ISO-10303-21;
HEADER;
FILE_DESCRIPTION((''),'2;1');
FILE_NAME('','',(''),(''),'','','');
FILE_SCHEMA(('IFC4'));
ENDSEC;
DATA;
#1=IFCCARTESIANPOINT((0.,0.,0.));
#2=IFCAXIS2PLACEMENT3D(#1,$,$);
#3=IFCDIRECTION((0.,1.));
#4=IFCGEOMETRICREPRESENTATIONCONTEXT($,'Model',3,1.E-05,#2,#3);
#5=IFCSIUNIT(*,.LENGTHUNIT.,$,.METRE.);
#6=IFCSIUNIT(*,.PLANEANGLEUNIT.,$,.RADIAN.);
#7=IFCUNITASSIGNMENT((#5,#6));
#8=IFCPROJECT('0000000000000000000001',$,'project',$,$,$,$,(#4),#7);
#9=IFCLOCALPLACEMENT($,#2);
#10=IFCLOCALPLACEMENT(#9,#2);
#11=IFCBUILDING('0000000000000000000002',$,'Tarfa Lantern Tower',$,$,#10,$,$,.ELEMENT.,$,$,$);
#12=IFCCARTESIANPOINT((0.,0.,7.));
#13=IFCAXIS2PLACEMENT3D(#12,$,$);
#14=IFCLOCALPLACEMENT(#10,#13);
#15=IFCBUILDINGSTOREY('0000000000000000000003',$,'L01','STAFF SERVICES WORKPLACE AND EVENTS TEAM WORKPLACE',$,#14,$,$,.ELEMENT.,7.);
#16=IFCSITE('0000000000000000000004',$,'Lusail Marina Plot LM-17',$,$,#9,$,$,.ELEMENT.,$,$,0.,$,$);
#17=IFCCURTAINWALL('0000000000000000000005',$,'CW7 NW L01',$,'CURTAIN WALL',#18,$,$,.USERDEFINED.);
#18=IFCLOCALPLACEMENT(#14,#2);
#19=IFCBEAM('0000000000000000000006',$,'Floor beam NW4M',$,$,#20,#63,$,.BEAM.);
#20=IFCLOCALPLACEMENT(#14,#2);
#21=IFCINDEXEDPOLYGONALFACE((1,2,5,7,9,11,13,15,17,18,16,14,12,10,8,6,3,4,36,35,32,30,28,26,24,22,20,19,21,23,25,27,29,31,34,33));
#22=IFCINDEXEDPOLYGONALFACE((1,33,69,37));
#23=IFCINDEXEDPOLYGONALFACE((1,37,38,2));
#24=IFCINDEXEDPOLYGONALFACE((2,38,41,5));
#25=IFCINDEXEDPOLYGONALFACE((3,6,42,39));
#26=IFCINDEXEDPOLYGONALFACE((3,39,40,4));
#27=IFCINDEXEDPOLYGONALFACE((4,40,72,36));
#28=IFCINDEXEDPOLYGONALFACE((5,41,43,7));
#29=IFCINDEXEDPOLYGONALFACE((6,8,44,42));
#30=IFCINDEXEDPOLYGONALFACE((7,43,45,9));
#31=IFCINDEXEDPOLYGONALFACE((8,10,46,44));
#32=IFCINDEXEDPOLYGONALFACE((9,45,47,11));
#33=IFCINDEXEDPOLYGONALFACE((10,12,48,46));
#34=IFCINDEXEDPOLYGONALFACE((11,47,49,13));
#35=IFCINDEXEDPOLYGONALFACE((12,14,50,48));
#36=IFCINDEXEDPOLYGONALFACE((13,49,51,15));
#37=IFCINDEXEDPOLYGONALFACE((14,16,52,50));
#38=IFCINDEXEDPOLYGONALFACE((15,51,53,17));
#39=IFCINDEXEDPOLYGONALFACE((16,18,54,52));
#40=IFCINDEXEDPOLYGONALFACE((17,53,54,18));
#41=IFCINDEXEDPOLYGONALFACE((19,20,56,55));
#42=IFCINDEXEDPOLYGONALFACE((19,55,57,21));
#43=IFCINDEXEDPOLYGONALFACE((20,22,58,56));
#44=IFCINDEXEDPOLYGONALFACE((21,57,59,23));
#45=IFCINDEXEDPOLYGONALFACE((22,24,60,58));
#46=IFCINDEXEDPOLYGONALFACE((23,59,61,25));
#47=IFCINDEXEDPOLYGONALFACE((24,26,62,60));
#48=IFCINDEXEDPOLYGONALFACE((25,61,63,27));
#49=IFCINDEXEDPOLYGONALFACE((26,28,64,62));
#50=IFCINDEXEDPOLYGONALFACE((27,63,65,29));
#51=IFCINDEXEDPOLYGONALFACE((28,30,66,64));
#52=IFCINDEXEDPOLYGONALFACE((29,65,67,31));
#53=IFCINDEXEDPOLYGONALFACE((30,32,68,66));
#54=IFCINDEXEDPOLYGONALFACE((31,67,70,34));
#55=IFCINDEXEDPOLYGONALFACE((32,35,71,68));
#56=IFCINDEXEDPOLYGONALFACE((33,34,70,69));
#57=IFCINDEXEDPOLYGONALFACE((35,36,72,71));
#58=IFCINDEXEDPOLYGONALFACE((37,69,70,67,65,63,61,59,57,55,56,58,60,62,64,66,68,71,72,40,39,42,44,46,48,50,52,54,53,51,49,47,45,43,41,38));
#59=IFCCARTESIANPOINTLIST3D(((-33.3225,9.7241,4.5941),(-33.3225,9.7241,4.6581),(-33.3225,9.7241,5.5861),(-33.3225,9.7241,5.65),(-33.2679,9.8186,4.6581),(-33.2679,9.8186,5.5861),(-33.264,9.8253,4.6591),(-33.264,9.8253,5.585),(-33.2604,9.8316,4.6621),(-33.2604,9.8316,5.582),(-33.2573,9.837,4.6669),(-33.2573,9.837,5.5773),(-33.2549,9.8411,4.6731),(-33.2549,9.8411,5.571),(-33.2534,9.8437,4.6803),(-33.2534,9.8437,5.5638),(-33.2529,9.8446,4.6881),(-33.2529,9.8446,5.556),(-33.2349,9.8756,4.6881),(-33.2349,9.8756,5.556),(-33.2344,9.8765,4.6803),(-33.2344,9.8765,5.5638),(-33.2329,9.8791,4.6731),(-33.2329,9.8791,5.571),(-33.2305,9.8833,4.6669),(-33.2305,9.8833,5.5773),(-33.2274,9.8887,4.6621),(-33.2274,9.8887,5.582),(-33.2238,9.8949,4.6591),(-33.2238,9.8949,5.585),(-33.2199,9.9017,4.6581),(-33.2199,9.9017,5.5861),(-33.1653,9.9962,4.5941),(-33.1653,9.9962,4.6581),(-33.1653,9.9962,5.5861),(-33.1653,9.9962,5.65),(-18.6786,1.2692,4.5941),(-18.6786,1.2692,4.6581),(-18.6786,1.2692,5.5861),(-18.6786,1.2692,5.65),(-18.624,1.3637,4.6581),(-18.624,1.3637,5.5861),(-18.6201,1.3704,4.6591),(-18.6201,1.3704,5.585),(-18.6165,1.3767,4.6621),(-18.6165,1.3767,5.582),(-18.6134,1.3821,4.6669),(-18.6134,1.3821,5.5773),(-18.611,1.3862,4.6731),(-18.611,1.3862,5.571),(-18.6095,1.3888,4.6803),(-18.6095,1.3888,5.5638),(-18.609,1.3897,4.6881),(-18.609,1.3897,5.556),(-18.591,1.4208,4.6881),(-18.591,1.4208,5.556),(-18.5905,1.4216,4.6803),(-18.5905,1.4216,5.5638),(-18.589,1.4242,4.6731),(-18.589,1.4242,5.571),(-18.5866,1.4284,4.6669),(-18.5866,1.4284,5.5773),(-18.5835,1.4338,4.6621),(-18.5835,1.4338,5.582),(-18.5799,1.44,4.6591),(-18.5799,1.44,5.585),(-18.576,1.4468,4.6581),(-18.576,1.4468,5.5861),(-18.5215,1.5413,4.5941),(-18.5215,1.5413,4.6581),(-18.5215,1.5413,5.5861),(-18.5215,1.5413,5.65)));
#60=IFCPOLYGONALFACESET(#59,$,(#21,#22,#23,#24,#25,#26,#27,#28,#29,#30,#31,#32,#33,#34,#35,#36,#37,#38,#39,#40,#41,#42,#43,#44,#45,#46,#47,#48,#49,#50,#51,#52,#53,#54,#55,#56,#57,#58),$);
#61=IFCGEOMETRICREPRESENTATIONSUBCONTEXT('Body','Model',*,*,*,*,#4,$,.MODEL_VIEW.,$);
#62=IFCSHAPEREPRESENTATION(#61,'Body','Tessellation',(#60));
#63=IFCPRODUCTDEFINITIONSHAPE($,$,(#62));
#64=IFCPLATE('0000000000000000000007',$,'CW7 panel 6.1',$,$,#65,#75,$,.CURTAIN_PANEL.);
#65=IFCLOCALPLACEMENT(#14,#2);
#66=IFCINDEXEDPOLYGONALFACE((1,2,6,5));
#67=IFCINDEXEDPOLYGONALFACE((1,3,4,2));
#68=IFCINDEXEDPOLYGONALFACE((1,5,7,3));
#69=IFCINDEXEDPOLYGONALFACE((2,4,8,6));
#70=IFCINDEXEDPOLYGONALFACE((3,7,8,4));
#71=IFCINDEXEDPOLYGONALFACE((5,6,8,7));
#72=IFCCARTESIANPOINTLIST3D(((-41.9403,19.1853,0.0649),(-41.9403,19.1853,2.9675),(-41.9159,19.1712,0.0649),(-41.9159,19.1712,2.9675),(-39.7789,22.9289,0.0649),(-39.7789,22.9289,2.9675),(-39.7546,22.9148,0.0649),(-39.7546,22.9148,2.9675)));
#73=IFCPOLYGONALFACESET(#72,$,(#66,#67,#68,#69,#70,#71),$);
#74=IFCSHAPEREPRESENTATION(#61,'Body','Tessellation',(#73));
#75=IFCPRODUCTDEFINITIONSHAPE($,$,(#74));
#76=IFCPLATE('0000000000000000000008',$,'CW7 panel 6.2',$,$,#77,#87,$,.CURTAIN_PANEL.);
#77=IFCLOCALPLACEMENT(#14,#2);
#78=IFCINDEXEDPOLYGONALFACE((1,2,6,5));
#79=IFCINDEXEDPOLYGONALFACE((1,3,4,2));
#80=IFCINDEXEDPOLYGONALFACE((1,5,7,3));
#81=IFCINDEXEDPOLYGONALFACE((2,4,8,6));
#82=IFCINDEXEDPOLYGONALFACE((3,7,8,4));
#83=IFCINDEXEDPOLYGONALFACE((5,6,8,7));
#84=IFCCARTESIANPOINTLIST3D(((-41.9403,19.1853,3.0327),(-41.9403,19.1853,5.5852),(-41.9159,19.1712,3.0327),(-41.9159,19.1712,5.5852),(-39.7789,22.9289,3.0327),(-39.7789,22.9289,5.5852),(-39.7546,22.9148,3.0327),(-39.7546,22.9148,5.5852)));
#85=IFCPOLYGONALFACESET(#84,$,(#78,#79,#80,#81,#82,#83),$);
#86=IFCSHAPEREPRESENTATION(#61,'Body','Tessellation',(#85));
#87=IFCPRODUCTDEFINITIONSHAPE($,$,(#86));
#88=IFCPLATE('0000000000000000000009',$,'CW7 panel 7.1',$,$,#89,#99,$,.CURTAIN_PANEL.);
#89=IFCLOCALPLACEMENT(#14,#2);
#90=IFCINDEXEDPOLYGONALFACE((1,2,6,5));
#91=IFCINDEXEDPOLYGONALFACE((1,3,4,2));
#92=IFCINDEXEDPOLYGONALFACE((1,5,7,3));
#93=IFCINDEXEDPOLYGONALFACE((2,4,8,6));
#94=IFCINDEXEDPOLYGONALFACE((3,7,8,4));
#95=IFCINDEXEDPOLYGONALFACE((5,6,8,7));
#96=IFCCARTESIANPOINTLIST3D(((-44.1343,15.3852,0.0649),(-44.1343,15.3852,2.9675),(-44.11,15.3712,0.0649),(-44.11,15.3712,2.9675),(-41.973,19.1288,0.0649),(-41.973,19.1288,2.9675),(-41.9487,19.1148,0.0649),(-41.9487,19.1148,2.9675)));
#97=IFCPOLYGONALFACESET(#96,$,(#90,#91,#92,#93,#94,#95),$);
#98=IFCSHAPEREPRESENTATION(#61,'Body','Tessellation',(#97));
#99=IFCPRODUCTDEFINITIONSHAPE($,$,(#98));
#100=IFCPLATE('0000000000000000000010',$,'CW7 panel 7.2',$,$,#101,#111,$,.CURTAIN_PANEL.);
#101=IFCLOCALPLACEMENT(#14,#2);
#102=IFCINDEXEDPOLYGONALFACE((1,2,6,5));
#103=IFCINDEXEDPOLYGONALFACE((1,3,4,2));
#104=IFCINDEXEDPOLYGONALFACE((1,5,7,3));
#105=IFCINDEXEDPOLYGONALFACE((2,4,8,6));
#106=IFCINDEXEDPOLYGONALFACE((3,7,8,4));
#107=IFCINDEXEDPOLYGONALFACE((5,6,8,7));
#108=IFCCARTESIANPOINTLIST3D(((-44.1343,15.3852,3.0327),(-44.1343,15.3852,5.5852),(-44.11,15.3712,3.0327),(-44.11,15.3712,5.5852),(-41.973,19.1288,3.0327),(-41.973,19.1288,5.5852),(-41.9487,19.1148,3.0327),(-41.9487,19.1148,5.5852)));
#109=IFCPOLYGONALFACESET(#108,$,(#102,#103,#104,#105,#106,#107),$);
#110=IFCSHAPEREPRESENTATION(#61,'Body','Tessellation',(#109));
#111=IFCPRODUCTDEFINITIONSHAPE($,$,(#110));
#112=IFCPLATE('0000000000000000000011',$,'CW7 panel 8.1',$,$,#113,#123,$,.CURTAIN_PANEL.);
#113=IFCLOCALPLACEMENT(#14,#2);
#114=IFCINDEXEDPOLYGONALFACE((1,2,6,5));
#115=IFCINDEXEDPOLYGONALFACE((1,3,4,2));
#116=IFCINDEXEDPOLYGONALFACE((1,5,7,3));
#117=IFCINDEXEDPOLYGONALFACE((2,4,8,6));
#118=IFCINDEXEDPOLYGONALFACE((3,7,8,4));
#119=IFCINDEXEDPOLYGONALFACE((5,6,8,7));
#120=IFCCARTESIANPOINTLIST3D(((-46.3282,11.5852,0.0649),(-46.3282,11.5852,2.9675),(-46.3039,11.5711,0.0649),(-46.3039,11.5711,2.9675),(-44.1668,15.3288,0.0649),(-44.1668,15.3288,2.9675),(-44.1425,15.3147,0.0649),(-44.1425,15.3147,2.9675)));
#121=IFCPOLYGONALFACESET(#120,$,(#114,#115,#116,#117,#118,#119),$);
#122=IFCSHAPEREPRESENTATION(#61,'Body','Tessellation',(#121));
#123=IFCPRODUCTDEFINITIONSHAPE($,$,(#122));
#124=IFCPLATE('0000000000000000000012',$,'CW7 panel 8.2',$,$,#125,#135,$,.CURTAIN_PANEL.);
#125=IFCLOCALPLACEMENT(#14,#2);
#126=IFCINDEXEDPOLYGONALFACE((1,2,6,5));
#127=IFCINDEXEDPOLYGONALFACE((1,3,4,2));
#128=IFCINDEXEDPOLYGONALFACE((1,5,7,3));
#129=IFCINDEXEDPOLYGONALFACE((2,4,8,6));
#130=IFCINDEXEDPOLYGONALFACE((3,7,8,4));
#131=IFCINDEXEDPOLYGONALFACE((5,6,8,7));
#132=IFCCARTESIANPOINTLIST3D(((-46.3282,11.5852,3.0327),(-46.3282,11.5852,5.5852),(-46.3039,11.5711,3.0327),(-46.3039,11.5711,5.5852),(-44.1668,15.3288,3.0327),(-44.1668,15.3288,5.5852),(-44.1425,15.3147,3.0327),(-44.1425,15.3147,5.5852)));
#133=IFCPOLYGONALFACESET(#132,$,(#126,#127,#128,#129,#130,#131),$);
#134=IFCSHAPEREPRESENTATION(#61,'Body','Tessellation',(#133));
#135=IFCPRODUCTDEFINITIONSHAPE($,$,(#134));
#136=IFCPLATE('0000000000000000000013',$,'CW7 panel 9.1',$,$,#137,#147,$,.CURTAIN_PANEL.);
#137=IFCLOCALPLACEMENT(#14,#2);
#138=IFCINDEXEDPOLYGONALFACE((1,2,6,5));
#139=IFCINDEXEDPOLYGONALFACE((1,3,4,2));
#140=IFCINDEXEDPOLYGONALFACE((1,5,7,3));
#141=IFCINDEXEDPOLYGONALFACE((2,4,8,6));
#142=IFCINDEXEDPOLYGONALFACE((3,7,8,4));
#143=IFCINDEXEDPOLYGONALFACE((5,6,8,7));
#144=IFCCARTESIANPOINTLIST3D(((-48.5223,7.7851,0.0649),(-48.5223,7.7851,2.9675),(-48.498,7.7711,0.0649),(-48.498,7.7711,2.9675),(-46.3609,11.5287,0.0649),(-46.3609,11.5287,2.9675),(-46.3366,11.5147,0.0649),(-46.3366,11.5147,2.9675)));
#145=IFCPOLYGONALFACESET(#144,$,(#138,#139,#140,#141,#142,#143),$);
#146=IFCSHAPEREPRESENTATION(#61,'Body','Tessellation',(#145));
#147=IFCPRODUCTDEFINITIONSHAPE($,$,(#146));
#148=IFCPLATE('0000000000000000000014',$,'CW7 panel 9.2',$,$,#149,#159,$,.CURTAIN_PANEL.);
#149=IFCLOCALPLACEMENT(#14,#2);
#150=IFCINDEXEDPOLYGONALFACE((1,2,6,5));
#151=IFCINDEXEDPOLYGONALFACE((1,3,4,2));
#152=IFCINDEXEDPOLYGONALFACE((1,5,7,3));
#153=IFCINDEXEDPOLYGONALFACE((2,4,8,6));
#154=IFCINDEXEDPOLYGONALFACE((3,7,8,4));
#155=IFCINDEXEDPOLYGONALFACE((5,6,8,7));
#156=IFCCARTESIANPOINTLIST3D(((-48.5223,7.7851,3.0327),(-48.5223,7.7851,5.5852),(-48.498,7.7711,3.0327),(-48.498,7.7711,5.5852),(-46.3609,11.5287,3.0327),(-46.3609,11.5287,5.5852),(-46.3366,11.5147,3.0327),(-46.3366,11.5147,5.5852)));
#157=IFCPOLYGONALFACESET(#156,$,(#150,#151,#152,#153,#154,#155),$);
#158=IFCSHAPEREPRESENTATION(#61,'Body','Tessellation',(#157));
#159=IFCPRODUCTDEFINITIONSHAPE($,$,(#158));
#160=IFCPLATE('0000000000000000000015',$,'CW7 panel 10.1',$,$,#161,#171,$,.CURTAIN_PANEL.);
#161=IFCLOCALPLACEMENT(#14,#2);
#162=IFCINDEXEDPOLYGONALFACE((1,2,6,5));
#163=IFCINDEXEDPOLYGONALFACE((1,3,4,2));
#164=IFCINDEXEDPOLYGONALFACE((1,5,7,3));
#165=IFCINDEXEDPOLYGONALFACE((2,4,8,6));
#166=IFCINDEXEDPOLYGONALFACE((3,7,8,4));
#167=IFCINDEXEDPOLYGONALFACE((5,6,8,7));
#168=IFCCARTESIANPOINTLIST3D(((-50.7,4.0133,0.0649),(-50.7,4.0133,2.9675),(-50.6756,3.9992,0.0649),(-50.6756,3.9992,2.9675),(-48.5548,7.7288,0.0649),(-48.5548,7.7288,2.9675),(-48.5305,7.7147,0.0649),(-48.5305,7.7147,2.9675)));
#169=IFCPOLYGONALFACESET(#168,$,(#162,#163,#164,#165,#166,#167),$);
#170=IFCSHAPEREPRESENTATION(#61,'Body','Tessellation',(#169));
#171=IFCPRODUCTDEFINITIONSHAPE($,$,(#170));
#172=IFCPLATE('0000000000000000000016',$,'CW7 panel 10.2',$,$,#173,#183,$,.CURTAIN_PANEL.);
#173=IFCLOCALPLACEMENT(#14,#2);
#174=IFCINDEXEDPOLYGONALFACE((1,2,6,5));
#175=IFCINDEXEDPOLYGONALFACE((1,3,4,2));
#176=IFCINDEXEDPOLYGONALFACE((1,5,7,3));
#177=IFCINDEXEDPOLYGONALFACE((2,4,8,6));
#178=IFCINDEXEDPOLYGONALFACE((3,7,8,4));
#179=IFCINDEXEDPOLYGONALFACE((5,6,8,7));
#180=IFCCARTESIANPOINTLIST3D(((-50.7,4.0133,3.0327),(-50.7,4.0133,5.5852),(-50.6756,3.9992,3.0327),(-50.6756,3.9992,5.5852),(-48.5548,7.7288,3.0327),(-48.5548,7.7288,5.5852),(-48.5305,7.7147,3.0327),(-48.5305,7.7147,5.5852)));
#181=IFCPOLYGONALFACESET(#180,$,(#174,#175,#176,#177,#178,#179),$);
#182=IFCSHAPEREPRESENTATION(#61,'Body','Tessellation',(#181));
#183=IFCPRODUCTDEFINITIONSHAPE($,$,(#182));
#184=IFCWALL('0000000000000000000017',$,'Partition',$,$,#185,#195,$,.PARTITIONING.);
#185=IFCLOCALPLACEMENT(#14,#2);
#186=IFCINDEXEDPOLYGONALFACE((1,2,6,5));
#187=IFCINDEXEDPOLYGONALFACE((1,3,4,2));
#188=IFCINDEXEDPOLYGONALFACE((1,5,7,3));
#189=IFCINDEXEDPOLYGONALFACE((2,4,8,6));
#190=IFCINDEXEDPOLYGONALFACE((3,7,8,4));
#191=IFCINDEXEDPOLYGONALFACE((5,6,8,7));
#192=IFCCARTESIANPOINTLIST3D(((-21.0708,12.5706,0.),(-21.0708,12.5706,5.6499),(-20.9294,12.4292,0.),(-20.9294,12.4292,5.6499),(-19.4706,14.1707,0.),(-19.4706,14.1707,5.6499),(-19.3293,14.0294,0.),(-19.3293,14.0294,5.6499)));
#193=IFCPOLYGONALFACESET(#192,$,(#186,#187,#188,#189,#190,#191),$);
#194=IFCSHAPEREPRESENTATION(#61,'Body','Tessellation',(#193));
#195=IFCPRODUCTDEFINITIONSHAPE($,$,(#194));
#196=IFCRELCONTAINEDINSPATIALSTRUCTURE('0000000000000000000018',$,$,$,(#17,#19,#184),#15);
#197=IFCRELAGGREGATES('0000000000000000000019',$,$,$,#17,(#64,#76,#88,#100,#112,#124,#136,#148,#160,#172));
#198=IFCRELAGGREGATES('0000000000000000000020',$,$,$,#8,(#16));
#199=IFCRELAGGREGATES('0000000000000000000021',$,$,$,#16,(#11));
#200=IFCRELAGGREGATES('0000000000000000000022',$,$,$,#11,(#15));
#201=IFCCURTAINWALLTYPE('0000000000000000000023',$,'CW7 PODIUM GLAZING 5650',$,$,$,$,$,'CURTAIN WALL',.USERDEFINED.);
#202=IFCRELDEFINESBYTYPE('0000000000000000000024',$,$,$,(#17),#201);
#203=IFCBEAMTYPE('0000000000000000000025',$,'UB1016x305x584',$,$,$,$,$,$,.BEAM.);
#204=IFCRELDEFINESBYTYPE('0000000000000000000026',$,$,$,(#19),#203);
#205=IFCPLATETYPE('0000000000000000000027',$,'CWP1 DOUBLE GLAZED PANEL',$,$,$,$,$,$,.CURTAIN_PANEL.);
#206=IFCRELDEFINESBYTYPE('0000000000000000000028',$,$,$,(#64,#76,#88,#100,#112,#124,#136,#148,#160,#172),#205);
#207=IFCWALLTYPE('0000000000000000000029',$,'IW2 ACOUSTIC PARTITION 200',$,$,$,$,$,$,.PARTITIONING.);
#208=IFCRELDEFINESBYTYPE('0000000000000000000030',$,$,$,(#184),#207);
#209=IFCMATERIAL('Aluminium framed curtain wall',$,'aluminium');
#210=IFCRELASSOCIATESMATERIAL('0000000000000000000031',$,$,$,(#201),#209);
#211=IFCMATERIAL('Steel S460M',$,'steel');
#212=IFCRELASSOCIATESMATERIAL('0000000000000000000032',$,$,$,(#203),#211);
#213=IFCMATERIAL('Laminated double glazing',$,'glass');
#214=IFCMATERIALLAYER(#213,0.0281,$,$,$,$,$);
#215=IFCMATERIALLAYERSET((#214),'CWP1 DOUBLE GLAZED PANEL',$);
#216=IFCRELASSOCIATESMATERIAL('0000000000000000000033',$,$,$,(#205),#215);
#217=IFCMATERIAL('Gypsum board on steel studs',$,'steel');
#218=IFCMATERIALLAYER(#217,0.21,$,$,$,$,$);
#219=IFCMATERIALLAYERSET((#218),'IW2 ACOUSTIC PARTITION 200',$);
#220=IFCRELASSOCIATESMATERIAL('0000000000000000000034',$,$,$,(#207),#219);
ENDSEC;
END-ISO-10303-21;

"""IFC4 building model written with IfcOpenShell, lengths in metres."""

from ifc_helpers import new_model, si_unit, direction, frame, frame_2d, origin, origin_2d, place, context, subcontext, project, spatial, rectangle, i_section, extrude, material, layer, layer_set, material_profile, profile_set, type_object, element, aggregate, save


model = new_model("IFC4")

# Units and contexts
model_context = context("Model", 3, precision=1e-05, world=origin(), true_north=direction((0.0, 1.0)))
body_context = subcontext(model_context, "Body", "Model", "MODEL_VIEW")
ifc_project = project(units=[si_unit("LENGTHUNIT", "METRE"), si_unit("PLANEANGLEUNIT", "RADIAN")], contexts=[model_context])

# Site, building, storey
site_placement = place(None, origin())
site = spatial("IfcSite", under=ifc_project, at=site_placement, Name="Lusail Marina Plot LM-17", CompositionType="ELEMENT", RefElevation=0.0)
building_placement = place(site_placement, origin())
building = spatial("IfcBuilding", under=site, at=building_placement, Name="Tarfa Lantern Tower", CompositionType="ELEMENT")
storey_placement = place(building_placement, frame((0.0, 0.0, 7.0)))
storey = spatial("IfcBuildingStorey", under=building, at=storey_placement, Name="L01", Description="STAFF SERVICES WORKPLACE AND EVENTS TEAM WORKPLACE", CompositionType="ELEMENT", Elevation=7.0)

# Curtain wall
ifc_material_1 = material(Name="Aluminium framed curtain wall", Category="aluminium")
curtain_wall_type = type_object("IfcCurtainWallType", Name="CW7 PODIUM GLAZING 5650", ElementType="CURTAIN WALL", PredefinedType="USERDEFINED", material=ifc_material_1)
curtain_wall_placement = place(storey_placement, origin())
curtain_wall = element("IfcCurtainWall", 1, at=curtain_wall_placement, inside=storey, type_object=curtain_wall_type, Name="CW7 NW L01", ObjectType="CURTAIN WALL", PredefinedType="USERDEFINED")

# Beam
ifc_material_2 = material(Name="Steel S460M", Category="steel")
ifc_material_profile_1 = material_profile(ifc_material_2, i_section(OverallWidth=0.3142, OverallDepth=1.0559, WebThickness=0.0359, FlangeThickness=0.064, FilletRadius=0.03, at=origin_2d()), Name="UB1016x305x584")
ifc_profile_set_1 = profile_set([ifc_material_profile_1], Name="Steel S460M")
beam_type_1 = type_object("IfcBeamType", Name="UB1016x305x584", PredefinedType="BEAM", material=ifc_profile_set_1)
beam_1_placement = place(storey_placement, frame((-33.2439, 9.8601, 5.1221), z_axis=(0.866019, -0.50001, 0.0), x_axis=(0.50001, 0.866019, 0.0)))
element("IfcBeam", 2, at=beam_1_placement, inside=storey, type_object=beam_type_1, Name="Floor beam NW4M", PredefinedType="BEAM", context=body_context, shape_type="SweptSolid", body=[
    extrude(i_section(OverallWidth=0.3142, OverallDepth=1.0559, WebThickness=0.0359, FlangeThickness=0.064, FilletRadius=0.03, at=origin_2d()), origin(), (0.0, 0.0, 1.0), 16.9094),
])

# Plates
ifc_material_3 = material(Name="Laminated double glazing", Category="glass")
ifc_layer_1 = layer(ifc_material_3, 0.0281)
ifc_layer_set_1 = layer_set([ifc_layer_1], Name="CWP1 DOUBLE GLAZED PANEL")
plate_type = type_object("IfcPlateType", Name="CWP1 DOUBLE GLAZED PANEL", PredefinedType="CURTAIN_PANEL", material=ifc_layer_set_1)
plate_1_placement = place(storey_placement, frame((-40.8474, 21.05, 0.0649), z_axis=(0.0, 0.0, 1.0), x_axis=(-0.5, -0.866025, 0.0)))
plate_1 = element("IfcPlate", 3, at=plate_1_placement, type_object=plate_type, Name="CW7 panel 6.1", PredefinedType="CURTAIN_PANEL", context=body_context, shape_type="SweptSolid", body=[
    extrude(rectangle(XDim=4.3228, YDim=0.0281, at=origin_2d()), origin(), (0.0, 0.0, 1.0), 2.9026),
])
plate_2_placement = place(storey_placement, frame((-40.8474, 21.05, 3.0327), z_axis=(0.0, 0.0, 1.0), x_axis=(-0.5, -0.866025, 0.0)))
plate_2 = element("IfcPlate", 4, at=plate_2_placement, type_object=plate_type, Name="CW7 panel 6.2", PredefinedType="CURTAIN_PANEL", context=body_context, shape_type="SweptSolid", body=[
    extrude(rectangle(XDim=4.3228, YDim=0.0281, at=origin_2d()), origin(), (0.0, 0.0, 1.0), 2.5525),
])
plate_3_placement = place(storey_placement, frame((-43.0415, 17.25, 0.0649), z_axis=(0.0, 0.0, 1.0), x_axis=(-0.5, -0.866025, 0.0)))
plate_3 = element("IfcPlate", 5, at=plate_3_placement, type_object=plate_type, Name="CW7 panel 7.1", PredefinedType="CURTAIN_PANEL", context=body_context, shape_type="SweptSolid", body=[
    extrude(rectangle(XDim=4.3228, YDim=0.0281, at=origin_2d()), origin(), (0.0, 0.0, 1.0), 2.9026),
])
plate_4_placement = place(storey_placement, frame((-43.0415, 17.25, 3.0327), z_axis=(0.0, 0.0, 1.0), x_axis=(-0.5, -0.866025, 0.0)))
plate_4 = element("IfcPlate", 6, at=plate_4_placement, type_object=plate_type, Name="CW7 panel 7.2", PredefinedType="CURTAIN_PANEL", context=body_context, shape_type="SweptSolid", body=[
    extrude(rectangle(XDim=4.3228, YDim=0.0281, at=origin_2d()), origin(), (0.0, 0.0, 1.0), 2.5525),
])
plate_5_placement = place(storey_placement, frame((-45.2354, 13.45, 0.0649), z_axis=(0.0, 0.0, 1.0), x_axis=(-0.5, -0.866025, 0.0)))
plate_5 = element("IfcPlate", 7, at=plate_5_placement, type_object=plate_type, Name="CW7 panel 8.1", PredefinedType="CURTAIN_PANEL", context=body_context, shape_type="SweptSolid", body=[
    extrude(rectangle(XDim=4.3228, YDim=0.0281, at=origin_2d()), origin(), (0.0, 0.0, 1.0), 2.9026),
])
plate_6_placement = place(storey_placement, frame((-45.2354, 13.45, 3.0327), z_axis=(0.0, 0.0, 1.0), x_axis=(-0.5, -0.866025, 0.0)))
plate_6 = element("IfcPlate", 8, at=plate_6_placement, type_object=plate_type, Name="CW7 panel 8.2", PredefinedType="CURTAIN_PANEL", context=body_context, shape_type="SweptSolid", body=[
    extrude(rectangle(XDim=4.3228, YDim=0.0281, at=origin_2d()), origin(), (0.0, 0.0, 1.0), 2.5525),
])
plate_7_placement = place(storey_placement, frame((-47.4294, 9.6499, 0.0649), z_axis=(0.0, 0.0, 1.0), x_axis=(-0.5, -0.866025, 0.0)))
plate_7 = element("IfcPlate", 9, at=plate_7_placement, type_object=plate_type, Name="CW7 panel 9.1", PredefinedType="CURTAIN_PANEL", context=body_context, shape_type="SweptSolid", body=[
    extrude(rectangle(XDim=4.3228, YDim=0.0281, at=origin_2d()), origin(), (0.0, 0.0, 1.0), 2.9026),
])
plate_8_placement = place(storey_placement, frame((-47.4294, 9.6499, 3.0327), z_axis=(0.0, 0.0, 1.0), x_axis=(-0.5, -0.866025, 0.0)))
plate_8 = element("IfcPlate", 10, at=plate_8_placement, type_object=plate_type, Name="CW7 panel 9.2", PredefinedType="CURTAIN_PANEL", context=body_context, shape_type="SweptSolid", body=[
    extrude(rectangle(XDim=4.3228, YDim=0.0281, at=origin_2d()), origin(), (0.0, 0.0, 1.0), 2.5525),
])
plate_9_placement = place(storey_placement, frame((-49.6152, 5.864, 0.0649), z_axis=(0.0, 0.0, 1.0), x_axis=(-0.5, -0.866025, 0.0)))
plate_9 = element("IfcPlate", 11, at=plate_9_placement, type_object=plate_type, Name="CW7 panel 10.1", PredefinedType="CURTAIN_PANEL", context=body_context, shape_type="SweptSolid", body=[
    extrude(rectangle(XDim=4.2903, YDim=0.0281, at=origin_2d()), origin(), (0.0, 0.0, 1.0), 2.9026),
])
plate_10_placement = place(storey_placement, frame((-49.6152, 5.864, 3.0327), z_axis=(0.0, 0.0, 1.0), x_axis=(-0.5, -0.866025, 0.0)))
plate_10 = element("IfcPlate", 12, at=plate_10_placement, type_object=plate_type, Name="CW7 panel 10.2", PredefinedType="CURTAIN_PANEL", context=body_context, shape_type="SweptSolid", body=[
    extrude(rectangle(XDim=4.2903, YDim=0.0281, at=origin_2d()), origin(), (0.0, 0.0, 1.0), 2.5525),
])
aggregate(curtain_wall, [plate_1, plate_2, plate_3, plate_4, plate_5, plate_6, plate_7, plate_8, plate_9, plate_10])

# Wall
ifc_material_4 = material(Name="Gypsum board on steel studs", Category="steel")
ifc_layer_2 = layer(ifc_material_4, 0.21)
ifc_layer_set_2 = layer_set([ifc_layer_2], Name="IW2 ACOUSTIC PARTITION 200")
wall_type = type_object("IfcWallType", Name="IW2 ACOUSTIC PARTITION 200", PredefinedType="PARTITIONING", material=ifc_layer_set_2)
wall_placement = place(storey_placement, frame((-21.0, 12.5, 0.0), z_axis=(0.0, 0.0, 1.0), x_axis=(0.707107, 0.707107, 0.0)))
element("IfcWall", 13, at=wall_placement, inside=storey, type_object=wall_type, Name="Partition", PredefinedType="PARTITIONING", context=body_context, shape_type="SweptSolid", body=[
    extrude(rectangle(XDim=2.2629, YDim=0.2, at=frame_2d((1.1313, 0.0))), origin(), (0.0, 0.0, 1.0), 5.6499),
])

save(model, "model.ifc")
